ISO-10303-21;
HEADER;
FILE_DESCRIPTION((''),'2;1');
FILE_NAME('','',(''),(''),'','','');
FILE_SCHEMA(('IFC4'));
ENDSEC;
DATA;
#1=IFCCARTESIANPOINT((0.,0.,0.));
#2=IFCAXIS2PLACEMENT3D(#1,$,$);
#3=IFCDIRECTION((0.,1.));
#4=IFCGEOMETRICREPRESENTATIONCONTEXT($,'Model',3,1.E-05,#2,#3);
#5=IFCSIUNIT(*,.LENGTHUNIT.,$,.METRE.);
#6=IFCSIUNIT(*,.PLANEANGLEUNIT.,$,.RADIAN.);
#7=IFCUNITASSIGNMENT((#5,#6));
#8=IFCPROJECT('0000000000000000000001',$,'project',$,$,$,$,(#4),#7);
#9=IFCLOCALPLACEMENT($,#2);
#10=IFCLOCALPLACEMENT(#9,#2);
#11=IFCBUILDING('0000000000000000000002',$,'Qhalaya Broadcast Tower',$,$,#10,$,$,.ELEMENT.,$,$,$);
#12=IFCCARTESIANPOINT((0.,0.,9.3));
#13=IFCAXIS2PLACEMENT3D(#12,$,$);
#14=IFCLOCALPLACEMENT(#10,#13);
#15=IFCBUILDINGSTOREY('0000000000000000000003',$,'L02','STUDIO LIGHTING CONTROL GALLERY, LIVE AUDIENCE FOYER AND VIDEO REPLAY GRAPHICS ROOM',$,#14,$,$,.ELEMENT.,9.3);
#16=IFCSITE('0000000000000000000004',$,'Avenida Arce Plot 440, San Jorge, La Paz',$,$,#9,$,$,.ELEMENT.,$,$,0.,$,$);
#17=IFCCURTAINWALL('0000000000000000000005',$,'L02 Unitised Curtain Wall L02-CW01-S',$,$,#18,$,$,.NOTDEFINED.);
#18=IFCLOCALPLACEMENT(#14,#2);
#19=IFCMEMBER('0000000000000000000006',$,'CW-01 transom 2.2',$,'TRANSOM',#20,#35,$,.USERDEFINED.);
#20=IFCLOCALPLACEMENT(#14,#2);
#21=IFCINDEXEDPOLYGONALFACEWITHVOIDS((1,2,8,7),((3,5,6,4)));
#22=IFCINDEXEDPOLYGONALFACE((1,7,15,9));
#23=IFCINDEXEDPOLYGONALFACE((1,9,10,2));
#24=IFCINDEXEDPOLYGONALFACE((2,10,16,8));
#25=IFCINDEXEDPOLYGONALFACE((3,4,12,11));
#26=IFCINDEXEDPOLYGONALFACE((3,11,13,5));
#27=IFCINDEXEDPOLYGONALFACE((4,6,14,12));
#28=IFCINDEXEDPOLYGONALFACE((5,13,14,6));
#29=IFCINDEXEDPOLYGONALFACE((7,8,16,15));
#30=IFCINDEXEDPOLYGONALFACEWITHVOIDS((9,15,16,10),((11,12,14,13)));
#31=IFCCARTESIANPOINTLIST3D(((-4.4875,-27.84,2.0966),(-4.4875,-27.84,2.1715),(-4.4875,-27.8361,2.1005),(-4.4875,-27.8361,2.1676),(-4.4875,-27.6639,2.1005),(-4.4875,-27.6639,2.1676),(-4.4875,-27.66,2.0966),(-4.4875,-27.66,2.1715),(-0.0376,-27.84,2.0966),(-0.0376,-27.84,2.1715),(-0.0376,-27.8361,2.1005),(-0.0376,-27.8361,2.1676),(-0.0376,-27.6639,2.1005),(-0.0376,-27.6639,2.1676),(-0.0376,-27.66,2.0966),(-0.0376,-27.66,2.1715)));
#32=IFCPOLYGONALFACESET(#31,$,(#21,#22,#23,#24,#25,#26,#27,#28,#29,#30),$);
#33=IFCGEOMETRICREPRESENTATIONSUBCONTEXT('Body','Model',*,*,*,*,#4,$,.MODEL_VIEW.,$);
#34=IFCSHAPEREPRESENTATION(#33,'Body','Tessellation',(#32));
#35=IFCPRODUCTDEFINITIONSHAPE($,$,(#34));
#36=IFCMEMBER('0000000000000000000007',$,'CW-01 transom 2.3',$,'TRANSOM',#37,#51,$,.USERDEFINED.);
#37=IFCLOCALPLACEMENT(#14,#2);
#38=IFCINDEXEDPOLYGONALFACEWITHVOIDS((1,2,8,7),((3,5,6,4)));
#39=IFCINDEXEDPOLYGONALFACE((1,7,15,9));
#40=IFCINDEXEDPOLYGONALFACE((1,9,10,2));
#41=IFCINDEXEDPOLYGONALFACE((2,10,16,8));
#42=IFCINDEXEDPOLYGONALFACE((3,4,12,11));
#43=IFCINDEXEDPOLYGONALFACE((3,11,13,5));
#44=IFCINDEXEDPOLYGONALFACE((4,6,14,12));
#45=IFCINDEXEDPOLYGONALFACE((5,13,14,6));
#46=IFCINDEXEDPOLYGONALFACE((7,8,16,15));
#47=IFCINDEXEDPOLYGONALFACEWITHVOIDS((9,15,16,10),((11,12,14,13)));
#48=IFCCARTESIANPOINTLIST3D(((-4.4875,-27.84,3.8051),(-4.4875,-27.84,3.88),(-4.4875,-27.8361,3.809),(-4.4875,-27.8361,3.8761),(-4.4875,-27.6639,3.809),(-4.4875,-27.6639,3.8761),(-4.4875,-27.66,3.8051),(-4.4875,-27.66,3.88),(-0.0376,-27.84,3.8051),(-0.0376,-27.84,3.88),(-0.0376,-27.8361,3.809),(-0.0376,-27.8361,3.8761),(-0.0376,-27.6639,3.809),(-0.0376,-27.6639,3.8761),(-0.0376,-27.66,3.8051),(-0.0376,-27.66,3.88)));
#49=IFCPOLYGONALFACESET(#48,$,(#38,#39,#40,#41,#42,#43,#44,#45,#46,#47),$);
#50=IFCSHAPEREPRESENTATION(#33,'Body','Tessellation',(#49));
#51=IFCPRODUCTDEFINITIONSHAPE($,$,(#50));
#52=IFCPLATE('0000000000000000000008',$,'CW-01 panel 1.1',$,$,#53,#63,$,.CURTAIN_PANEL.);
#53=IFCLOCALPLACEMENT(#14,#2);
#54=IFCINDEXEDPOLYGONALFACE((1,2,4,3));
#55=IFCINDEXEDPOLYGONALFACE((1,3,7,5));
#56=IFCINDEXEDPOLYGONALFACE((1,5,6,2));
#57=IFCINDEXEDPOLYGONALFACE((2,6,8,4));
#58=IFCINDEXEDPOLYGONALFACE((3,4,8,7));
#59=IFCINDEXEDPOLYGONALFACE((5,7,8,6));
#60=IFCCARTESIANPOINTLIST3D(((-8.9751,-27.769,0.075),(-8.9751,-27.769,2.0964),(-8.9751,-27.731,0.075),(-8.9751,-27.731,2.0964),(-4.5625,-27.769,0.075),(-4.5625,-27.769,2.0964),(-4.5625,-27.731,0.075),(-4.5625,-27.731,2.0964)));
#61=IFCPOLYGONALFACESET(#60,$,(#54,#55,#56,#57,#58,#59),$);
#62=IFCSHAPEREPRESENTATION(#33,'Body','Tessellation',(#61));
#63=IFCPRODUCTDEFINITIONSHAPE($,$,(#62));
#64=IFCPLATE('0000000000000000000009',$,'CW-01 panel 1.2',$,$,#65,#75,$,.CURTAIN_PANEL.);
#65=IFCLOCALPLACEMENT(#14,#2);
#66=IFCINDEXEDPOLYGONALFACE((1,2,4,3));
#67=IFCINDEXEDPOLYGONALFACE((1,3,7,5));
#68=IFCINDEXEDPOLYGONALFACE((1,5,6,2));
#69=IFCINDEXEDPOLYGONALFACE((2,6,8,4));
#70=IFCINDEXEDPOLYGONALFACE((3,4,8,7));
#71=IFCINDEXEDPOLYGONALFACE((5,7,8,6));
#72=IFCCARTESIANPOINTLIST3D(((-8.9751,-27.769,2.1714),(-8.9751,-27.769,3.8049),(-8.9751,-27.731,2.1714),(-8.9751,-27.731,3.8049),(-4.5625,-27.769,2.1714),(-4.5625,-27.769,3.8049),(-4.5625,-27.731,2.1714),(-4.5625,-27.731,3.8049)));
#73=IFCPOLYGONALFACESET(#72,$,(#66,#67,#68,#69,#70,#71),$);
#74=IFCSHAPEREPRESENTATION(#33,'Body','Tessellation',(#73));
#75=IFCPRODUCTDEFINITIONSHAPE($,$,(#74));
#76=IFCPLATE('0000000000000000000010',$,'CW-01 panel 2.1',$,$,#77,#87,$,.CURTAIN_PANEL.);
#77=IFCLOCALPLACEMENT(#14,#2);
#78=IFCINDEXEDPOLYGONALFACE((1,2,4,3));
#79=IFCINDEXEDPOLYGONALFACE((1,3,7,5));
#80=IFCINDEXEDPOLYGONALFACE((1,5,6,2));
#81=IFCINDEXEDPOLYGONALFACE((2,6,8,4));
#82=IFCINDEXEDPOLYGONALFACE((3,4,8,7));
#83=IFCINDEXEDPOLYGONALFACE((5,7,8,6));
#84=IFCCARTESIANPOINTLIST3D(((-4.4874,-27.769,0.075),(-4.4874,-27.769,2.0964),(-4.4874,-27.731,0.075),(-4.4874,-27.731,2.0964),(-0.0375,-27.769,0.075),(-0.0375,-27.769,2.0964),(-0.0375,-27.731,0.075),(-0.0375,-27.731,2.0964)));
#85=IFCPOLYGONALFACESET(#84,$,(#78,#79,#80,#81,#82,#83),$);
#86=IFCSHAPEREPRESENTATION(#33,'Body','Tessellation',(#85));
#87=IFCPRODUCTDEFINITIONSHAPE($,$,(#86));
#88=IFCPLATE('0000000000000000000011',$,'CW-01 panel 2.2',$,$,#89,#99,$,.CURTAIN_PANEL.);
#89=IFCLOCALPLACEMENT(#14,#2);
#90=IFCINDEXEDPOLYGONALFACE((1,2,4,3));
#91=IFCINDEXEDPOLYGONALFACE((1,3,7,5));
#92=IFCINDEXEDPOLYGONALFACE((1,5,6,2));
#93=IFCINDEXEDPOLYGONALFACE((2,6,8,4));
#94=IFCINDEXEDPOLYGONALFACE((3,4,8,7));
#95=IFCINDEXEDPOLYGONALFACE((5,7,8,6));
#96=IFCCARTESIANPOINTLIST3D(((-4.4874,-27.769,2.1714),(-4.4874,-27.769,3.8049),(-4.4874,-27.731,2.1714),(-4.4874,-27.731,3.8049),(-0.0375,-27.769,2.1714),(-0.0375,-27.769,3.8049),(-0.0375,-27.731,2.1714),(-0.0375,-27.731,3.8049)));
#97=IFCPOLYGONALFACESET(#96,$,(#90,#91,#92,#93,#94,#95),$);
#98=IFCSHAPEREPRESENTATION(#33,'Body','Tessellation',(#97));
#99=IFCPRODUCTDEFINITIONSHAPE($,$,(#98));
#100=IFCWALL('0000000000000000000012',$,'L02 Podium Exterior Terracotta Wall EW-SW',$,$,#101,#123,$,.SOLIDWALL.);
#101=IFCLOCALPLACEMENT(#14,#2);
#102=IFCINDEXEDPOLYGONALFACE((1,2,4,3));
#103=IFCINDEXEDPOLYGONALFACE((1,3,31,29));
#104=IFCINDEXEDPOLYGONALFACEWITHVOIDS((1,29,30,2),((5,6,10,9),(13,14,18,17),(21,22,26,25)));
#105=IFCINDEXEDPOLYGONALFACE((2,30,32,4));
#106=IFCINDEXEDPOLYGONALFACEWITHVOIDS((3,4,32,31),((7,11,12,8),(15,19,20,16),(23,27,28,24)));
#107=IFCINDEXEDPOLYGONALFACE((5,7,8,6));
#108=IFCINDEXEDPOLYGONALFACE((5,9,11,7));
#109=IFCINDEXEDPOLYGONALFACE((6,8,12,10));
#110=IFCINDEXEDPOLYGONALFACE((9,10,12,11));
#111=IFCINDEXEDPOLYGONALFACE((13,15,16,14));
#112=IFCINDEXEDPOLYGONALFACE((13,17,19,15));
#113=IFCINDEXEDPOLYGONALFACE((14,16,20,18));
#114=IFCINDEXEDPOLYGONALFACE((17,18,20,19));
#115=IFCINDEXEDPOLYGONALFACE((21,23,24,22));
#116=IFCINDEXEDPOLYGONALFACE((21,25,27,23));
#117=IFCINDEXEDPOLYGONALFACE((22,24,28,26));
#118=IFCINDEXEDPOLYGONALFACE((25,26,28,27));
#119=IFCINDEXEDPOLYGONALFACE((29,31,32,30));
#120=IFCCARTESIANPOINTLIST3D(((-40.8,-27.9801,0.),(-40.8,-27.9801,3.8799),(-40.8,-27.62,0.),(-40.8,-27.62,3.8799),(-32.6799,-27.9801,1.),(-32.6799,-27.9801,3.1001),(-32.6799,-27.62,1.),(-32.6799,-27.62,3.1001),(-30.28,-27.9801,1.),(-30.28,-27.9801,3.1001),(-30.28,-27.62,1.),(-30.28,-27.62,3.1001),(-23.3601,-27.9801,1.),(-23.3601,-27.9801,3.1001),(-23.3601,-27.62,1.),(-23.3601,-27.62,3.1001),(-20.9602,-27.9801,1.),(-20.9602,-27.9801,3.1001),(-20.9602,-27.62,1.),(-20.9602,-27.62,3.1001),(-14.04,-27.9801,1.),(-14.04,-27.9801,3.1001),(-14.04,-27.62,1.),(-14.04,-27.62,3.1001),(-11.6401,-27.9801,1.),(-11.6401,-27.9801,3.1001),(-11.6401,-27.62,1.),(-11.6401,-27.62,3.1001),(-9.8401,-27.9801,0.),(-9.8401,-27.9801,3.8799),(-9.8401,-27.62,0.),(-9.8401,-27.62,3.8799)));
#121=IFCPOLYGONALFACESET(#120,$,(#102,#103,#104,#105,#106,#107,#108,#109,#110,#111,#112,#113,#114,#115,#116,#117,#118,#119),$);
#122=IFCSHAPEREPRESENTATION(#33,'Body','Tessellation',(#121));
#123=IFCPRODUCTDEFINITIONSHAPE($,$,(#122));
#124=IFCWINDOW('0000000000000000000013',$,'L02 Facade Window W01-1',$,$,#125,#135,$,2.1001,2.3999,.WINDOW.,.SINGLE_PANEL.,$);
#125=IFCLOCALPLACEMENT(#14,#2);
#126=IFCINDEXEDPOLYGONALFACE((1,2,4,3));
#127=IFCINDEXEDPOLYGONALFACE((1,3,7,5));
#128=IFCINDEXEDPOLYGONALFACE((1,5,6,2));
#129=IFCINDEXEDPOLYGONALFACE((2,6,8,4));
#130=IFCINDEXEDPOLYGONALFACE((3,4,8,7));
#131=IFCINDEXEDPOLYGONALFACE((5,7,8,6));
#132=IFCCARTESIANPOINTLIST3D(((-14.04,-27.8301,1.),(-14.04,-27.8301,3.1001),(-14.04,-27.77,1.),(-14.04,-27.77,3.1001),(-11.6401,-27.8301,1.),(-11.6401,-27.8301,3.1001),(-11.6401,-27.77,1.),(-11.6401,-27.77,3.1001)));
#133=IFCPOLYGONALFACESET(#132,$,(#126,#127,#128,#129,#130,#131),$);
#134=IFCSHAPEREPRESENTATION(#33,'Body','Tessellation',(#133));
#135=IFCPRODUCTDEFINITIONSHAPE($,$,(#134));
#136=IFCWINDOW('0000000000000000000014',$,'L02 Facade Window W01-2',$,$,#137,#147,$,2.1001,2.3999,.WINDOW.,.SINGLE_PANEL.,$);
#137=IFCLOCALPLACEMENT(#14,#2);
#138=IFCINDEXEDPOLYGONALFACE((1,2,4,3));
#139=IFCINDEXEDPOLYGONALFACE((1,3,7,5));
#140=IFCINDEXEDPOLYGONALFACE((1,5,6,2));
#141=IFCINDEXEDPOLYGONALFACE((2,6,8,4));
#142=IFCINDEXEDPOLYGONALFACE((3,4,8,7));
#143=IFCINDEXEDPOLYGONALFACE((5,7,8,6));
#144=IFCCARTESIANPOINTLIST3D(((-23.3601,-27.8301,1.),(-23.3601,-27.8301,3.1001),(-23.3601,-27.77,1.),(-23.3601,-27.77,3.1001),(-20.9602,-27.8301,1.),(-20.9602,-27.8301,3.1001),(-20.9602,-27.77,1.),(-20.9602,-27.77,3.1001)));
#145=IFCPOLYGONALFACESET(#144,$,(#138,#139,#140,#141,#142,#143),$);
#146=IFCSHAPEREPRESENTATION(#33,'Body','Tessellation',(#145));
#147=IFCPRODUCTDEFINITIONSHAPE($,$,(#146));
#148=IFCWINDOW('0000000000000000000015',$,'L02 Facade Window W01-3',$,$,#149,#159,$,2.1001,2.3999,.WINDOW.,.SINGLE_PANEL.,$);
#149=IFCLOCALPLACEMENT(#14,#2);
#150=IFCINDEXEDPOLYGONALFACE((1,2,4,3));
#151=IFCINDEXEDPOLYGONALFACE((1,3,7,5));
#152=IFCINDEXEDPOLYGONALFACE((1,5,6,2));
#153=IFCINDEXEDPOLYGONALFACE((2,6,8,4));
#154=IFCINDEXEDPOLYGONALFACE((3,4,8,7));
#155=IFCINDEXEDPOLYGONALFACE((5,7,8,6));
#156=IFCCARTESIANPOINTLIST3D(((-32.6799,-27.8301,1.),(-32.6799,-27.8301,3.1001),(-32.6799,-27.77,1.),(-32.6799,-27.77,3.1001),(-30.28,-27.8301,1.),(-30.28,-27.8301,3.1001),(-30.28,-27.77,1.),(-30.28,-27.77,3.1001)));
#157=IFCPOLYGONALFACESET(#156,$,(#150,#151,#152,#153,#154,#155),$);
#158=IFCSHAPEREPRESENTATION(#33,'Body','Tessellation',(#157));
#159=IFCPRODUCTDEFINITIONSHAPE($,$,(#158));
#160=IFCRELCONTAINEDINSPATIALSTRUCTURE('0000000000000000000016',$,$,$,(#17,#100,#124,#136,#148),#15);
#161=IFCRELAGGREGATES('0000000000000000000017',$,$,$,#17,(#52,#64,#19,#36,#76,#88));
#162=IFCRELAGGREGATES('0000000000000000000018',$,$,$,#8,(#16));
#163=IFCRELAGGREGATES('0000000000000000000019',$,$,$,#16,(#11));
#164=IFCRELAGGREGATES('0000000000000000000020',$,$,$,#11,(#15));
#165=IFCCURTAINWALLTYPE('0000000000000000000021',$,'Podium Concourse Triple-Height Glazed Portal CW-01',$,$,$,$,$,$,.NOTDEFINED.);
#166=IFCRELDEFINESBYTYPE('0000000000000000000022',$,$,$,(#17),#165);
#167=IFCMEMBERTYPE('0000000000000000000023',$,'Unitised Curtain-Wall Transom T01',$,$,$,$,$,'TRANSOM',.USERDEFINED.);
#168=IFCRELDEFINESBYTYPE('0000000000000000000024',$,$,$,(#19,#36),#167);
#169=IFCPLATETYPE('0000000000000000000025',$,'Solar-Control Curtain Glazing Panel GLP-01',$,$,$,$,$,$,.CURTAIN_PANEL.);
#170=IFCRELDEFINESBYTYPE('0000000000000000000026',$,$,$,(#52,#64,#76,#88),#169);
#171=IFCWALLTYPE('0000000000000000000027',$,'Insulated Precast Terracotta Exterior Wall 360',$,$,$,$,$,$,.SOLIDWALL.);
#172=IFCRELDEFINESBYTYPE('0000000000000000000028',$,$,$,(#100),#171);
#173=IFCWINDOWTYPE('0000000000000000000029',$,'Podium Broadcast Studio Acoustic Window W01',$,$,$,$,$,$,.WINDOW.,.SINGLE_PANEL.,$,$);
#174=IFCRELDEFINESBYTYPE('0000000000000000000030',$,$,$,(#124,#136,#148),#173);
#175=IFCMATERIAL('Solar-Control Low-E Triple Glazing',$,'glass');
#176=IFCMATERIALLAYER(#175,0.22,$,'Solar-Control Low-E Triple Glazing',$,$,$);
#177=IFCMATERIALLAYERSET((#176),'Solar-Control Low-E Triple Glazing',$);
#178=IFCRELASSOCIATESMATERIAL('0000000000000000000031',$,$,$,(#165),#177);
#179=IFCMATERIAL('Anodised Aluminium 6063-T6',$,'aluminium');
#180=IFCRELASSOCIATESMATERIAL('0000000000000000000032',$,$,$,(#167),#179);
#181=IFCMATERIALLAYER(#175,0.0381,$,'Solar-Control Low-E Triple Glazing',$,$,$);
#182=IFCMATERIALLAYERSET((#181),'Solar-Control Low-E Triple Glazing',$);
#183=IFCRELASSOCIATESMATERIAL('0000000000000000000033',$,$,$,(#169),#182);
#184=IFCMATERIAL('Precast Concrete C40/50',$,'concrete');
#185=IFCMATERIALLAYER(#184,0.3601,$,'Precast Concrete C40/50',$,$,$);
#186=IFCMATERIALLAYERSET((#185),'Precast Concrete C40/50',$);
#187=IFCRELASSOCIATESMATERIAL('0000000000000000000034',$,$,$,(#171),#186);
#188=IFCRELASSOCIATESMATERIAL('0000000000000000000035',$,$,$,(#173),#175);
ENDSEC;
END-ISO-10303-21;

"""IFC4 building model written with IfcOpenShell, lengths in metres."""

from ifc_helpers import new_model, si_unit, direction, frame, frame_2d, origin, origin_2d, place, context, subcontext, project, spatial, rectangle, hollow_rectangle, extrude, material, layer, layer_set, material_profile, profile_set, type_object, element, fill, aggregate, save


model = new_model("IFC4")

# Units and contexts
model_context = context("Model", 3, precision=1e-05, world=origin(), true_north=direction((0.0, 1.0)))
body_context = subcontext(model_context, "Body", "Model", "MODEL_VIEW")
ifc_project = project(units=[si_unit("LENGTHUNIT", "METRE"), si_unit("PLANEANGLEUNIT", "RADIAN")], contexts=[model_context])

# Site, building, storey
site_placement = place(None, origin())
site = spatial("IfcSite", under=ifc_project, at=site_placement, Name="Avenida Arce Plot 440, San Jorge, La Paz", CompositionType="ELEMENT", RefElevation=0.0)
building_placement = place(site_placement, origin())
building = spatial("IfcBuilding", under=site, at=building_placement, Name="Qhalaya Broadcast Tower", CompositionType="ELEMENT")
storey_placement = place(building_placement, frame((0.0, 0.0, 9.3)))
storey = spatial("IfcBuildingStorey", under=building, at=storey_placement, Name="L02", Description="STUDIO LIGHTING CONTROL GALLERY, LIVE AUDIENCE FOYER AND VIDEO REPLAY GRAPHICS ROOM", CompositionType="ELEMENT", Elevation=9.3)

# Curtain wall, members, plates
ifc_material_1 = material(Name="Solar-Control Low-E Triple Glazing", Category="glass")
ifc_layer_1 = layer(ifc_material_1, 0.22, Name="Solar-Control Low-E Triple Glazing")
ifc_layer_set_1 = layer_set([ifc_layer_1], Name="Solar-Control Low-E Triple Glazing")
curtain_wall_type = type_object("IfcCurtainWallType", Name="Podium Concourse Triple-Height Glazed Portal CW-01", PredefinedType="NOTDEFINED", material=ifc_layer_set_1)
curtain_wall_placement = place(storey_placement, origin())
curtain_wall = element("IfcCurtainWall", 1, at=curtain_wall_placement, inside=storey, type_object=curtain_wall_type, Name="L02 Unitised Curtain Wall L02-CW01-S", PredefinedType="NOTDEFINED")
ifc_material_2 = material(Name="Anodised Aluminium 6063-T6", Category="aluminium")
ifc_material_profile_1 = material_profile(ifc_material_2, hollow_rectangle(XDim=0.075, YDim=0.1799, WallThickness=0.0039, at=origin_2d()), Name="ALU-TRN 75x180x4")
ifc_profile_set_1 = profile_set([ifc_material_profile_1], Name="Anodised Aluminium 6063-T6")
member_type_1 = type_object("IfcMemberType", Name="Unitised Curtain-Wall Transom T01", ElementType="TRANSOM", PredefinedType="USERDEFINED", material=ifc_profile_set_1)
member_1_placement = place(storey_placement, frame((-4.4875, -27.75, 2.134), z_axis=(1.0, 0.0, 0.0), x_axis=(0.0, 0.0, 1.0)))
member_1 = element("IfcMember", 2, at=member_1_placement, type_object=member_type_1, Name="CW-01 transom 2.2", ObjectType="TRANSOM", PredefinedType="USERDEFINED", context=body_context, shape_type="SweptSolid", body=[
    extrude(hollow_rectangle(XDim=0.075, YDim=0.1799, WallThickness=0.0039, at=origin_2d()), origin(), (0.0, 0.0, 1.0), 4.45),
])
member_2_placement = place(storey_placement, frame((-4.4875, -27.75, 3.8425), z_axis=(1.0, 0.0, 0.0), x_axis=(0.0, 0.0, 1.0)))
member_2 = element("IfcMember", 3, at=member_2_placement, type_object=member_type_1, Name="CW-01 transom 2.3", ObjectType="TRANSOM", PredefinedType="USERDEFINED", context=body_context, shape_type="SweptSolid", body=[
    extrude(hollow_rectangle(XDim=0.075, YDim=0.1799, WallThickness=0.0039, at=origin_2d()), origin(), (0.0, 0.0, 1.0), 4.45),
])
ifc_layer_2 = layer(ifc_material_1, 0.0381, Name="Solar-Control Low-E Triple Glazing")
ifc_layer_set_2 = layer_set([ifc_layer_2], Name="Solar-Control Low-E Triple Glazing")
plate_type = type_object("IfcPlateType", Name="Solar-Control Curtain Glazing Panel GLP-01", PredefinedType="CURTAIN_PANEL", material=ifc_layer_set_2)
plate_1_placement = place(storey_placement, frame((-6.7688, -27.75, 0.075), z_axis=(0.0, 0.0, 1.0), x_axis=(1.0, 0.0, 0.0)))
plate_1 = element("IfcPlate", 4, at=plate_1_placement, type_object=plate_type, Name="CW-01 panel 1.1", PredefinedType="CURTAIN_PANEL", context=body_context, shape_type="SweptSolid", body=[
    extrude(rectangle(XDim=4.4126, YDim=0.0381, at=origin_2d()), origin(), (0.0, 0.0, 1.0), 2.0215),
])
plate_2_placement = place(storey_placement, frame((-6.7688, -27.75, 2.1714), z_axis=(0.0, 0.0, 1.0), x_axis=(1.0, 0.0, 0.0)))
plate_2 = element("IfcPlate", 5, at=plate_2_placement, type_object=plate_type, Name="CW-01 panel 1.2", PredefinedType="CURTAIN_PANEL", context=body_context, shape_type="SweptSolid", body=[
    extrude(rectangle(XDim=4.4126, YDim=0.0381, at=origin_2d()), origin(), (0.0, 0.0, 1.0), 1.6335),
])
plate_3_placement = place(storey_placement, frame((-2.2625, -27.75, 0.075), z_axis=(0.0, 0.0, 1.0), x_axis=(1.0, 0.0, 0.0)))
plate_3 = element("IfcPlate", 6, at=plate_3_placement, type_object=plate_type, Name="CW-01 panel 2.1", PredefinedType="CURTAIN_PANEL", context=body_context, shape_type="SweptSolid", body=[
    extrude(rectangle(XDim=4.45, YDim=0.0381, at=origin_2d()), origin(), (0.0, 0.0, 1.0), 2.0215),
])
plate_4_placement = place(storey_placement, frame((-2.2625, -27.75, 2.1714), z_axis=(0.0, 0.0, 1.0), x_axis=(1.0, 0.0, 0.0)))
plate_4 = element("IfcPlate", 7, at=plate_4_placement, type_object=plate_type, Name="CW-01 panel 2.2", PredefinedType="CURTAIN_PANEL", context=body_context, shape_type="SweptSolid", body=[
    extrude(rectangle(XDim=4.45, YDim=0.0381, at=origin_2d()), origin(), (0.0, 0.0, 1.0), 1.6335),
])
aggregate(curtain_wall, [plate_1, plate_2, member_1, member_2, plate_3, plate_4])

# Wall, openings, windows
ifc_material_3 = material(Name="Precast Concrete C40/50", Category="concrete")
ifc_layer_3 = layer(ifc_material_3, 0.3601, Name="Precast Concrete C40/50")
ifc_layer_set_3 = layer_set([ifc_layer_3], Name="Precast Concrete C40/50")
wall_type_1 = type_object("IfcWallType", Name="Insulated Precast Terracotta Exterior Wall 360", PredefinedType="SOLIDWALL", material=ifc_layer_set_3)
wall_1_placement = place(storey_placement, frame((-9.8401, -27.8, 0.0), z_axis=(0.0, 0.0, 1.0), x_axis=(-1.0, 0.0, 0.0)))
wall_1 = element("IfcWall", 8, at=wall_1_placement, inside=storey, type_object=wall_type_1, Name="L02 Podium Exterior Terracotta Wall EW-SW", PredefinedType="SOLIDWALL", context=body_context, shape_type="SweptSolid", body=[
    extrude(rectangle(XDim=30.96, YDim=0.3601, at=frame_2d((15.48, 0.0))), origin(), (0.0, 0.0, 1.0), 3.8799),
])
opening_1_placement = place(wall_1_placement, frame((1.8, 0.0, 1.0)))
opening_1 = element("IfcOpeningElement", 9, at=opening_1_placement, cuts=wall_1, PredefinedType="OPENING", context=body_context, shape_type="SweptSolid", body=[
    extrude(rectangle(XDim=2.3999, YDim=2.1001, at=frame_2d((1.2, 1.05))), frame((0.0, 0.1921, 0.0), z_axis=(0.0, -1.0, 0.0), x_axis=(1.0, 0.0, 0.0)), (0.0, 0.0, 1.0), 0.384),
])
opening_2_placement = place(wall_1_placement, frame((11.1201, 0.0, 1.0)))
opening_2 = element("IfcOpeningElement", 10, at=opening_2_placement, cuts=wall_1, PredefinedType="OPENING", context=body_context, shape_type="SweptSolid", body=[
    extrude(rectangle(XDim=2.3999, YDim=2.1001, at=frame_2d((1.2, 1.05))), frame((0.0, 0.1921, 0.0), z_axis=(0.0, -1.0, 0.0), x_axis=(1.0, 0.0, 0.0)), (0.0, 0.0, 1.0), 0.384),
])
opening_3_placement = place(wall_1_placement, frame((20.4399, 0.0, 1.0)))
opening_3 = element("IfcOpeningElement", 11, at=opening_3_placement, cuts=wall_1, PredefinedType="OPENING", context=body_context, shape_type="SweptSolid", body=[
    extrude(rectangle(XDim=2.3999, YDim=2.1001, at=frame_2d((1.2, 1.05))), frame((0.0, 0.1921, 0.0), z_axis=(0.0, -1.0, 0.0), x_axis=(1.0, 0.0, 0.0)), (0.0, 0.0, 1.0), 0.384),
])
window_type = type_object("IfcWindowType", Name="Podium Broadcast Studio Acoustic Window W01", PartitioningType="SINGLE_PANEL", PredefinedType="WINDOW", material=ifc_material_1)
window_1_placement = place(opening_1_placement, origin())
window_1 = element("IfcWindow", 12, at=window_1_placement, inside=storey, type_object=window_type, Name="L02 Facade Window W01-1", OverallHeight=2.1001, OverallWidth=2.3999, PartitioningType="SINGLE_PANEL", PredefinedType="WINDOW", context=body_context, shape_type="SweptSolid", body=[
    extrude(rectangle(XDim=2.3999, YDim=2.1001, at=frame_2d((1.2, 1.05))), frame((0.0, 0.03, 0.0), z_axis=(0.0, -1.0, 0.0), x_axis=(1.0, 0.0, 0.0)), (0.0, 0.0, 1.0), 0.0601),
])
fill(opening_1, window_1)
window_2_placement = place(opening_2_placement, origin())
window_2 = element("IfcWindow", 13, at=window_2_placement, inside=storey, type_object=window_type, Name="L02 Facade Window W01-2", OverallHeight=2.1001, OverallWidth=2.3999, PartitioningType="SINGLE_PANEL", PredefinedType="WINDOW", context=body_context, shape_type="SweptSolid", body=[
    extrude(rectangle(XDim=2.3999, YDim=2.1001, at=frame_2d((1.2, 1.05))), frame((0.0, 0.03, 0.0), z_axis=(0.0, -1.0, 0.0), x_axis=(1.0, 0.0, 0.0)), (0.0, 0.0, 1.0), 0.0601),
])
fill(opening_2, window_2)
window_3_placement = place(opening_3_placement, origin())
window_3 = element("IfcWindow", 14, at=window_3_placement, inside=storey, type_object=window_type, Name="L02 Facade Window W01-3", OverallHeight=2.1001, OverallWidth=2.3999, PartitioningType="SINGLE_PANEL", PredefinedType="WINDOW", context=body_context, shape_type="SweptSolid", body=[
    extrude(rectangle(XDim=2.3999, YDim=2.1001, at=frame_2d((1.2, 1.05))), frame((0.0, 0.03, 0.0), z_axis=(0.0, -1.0, 0.0), x_axis=(1.0, 0.0, 0.0)), (0.0, 0.0, 1.0), 0.0601),
])
fill(opening_3, window_3)

save(model, "model.ifc")
